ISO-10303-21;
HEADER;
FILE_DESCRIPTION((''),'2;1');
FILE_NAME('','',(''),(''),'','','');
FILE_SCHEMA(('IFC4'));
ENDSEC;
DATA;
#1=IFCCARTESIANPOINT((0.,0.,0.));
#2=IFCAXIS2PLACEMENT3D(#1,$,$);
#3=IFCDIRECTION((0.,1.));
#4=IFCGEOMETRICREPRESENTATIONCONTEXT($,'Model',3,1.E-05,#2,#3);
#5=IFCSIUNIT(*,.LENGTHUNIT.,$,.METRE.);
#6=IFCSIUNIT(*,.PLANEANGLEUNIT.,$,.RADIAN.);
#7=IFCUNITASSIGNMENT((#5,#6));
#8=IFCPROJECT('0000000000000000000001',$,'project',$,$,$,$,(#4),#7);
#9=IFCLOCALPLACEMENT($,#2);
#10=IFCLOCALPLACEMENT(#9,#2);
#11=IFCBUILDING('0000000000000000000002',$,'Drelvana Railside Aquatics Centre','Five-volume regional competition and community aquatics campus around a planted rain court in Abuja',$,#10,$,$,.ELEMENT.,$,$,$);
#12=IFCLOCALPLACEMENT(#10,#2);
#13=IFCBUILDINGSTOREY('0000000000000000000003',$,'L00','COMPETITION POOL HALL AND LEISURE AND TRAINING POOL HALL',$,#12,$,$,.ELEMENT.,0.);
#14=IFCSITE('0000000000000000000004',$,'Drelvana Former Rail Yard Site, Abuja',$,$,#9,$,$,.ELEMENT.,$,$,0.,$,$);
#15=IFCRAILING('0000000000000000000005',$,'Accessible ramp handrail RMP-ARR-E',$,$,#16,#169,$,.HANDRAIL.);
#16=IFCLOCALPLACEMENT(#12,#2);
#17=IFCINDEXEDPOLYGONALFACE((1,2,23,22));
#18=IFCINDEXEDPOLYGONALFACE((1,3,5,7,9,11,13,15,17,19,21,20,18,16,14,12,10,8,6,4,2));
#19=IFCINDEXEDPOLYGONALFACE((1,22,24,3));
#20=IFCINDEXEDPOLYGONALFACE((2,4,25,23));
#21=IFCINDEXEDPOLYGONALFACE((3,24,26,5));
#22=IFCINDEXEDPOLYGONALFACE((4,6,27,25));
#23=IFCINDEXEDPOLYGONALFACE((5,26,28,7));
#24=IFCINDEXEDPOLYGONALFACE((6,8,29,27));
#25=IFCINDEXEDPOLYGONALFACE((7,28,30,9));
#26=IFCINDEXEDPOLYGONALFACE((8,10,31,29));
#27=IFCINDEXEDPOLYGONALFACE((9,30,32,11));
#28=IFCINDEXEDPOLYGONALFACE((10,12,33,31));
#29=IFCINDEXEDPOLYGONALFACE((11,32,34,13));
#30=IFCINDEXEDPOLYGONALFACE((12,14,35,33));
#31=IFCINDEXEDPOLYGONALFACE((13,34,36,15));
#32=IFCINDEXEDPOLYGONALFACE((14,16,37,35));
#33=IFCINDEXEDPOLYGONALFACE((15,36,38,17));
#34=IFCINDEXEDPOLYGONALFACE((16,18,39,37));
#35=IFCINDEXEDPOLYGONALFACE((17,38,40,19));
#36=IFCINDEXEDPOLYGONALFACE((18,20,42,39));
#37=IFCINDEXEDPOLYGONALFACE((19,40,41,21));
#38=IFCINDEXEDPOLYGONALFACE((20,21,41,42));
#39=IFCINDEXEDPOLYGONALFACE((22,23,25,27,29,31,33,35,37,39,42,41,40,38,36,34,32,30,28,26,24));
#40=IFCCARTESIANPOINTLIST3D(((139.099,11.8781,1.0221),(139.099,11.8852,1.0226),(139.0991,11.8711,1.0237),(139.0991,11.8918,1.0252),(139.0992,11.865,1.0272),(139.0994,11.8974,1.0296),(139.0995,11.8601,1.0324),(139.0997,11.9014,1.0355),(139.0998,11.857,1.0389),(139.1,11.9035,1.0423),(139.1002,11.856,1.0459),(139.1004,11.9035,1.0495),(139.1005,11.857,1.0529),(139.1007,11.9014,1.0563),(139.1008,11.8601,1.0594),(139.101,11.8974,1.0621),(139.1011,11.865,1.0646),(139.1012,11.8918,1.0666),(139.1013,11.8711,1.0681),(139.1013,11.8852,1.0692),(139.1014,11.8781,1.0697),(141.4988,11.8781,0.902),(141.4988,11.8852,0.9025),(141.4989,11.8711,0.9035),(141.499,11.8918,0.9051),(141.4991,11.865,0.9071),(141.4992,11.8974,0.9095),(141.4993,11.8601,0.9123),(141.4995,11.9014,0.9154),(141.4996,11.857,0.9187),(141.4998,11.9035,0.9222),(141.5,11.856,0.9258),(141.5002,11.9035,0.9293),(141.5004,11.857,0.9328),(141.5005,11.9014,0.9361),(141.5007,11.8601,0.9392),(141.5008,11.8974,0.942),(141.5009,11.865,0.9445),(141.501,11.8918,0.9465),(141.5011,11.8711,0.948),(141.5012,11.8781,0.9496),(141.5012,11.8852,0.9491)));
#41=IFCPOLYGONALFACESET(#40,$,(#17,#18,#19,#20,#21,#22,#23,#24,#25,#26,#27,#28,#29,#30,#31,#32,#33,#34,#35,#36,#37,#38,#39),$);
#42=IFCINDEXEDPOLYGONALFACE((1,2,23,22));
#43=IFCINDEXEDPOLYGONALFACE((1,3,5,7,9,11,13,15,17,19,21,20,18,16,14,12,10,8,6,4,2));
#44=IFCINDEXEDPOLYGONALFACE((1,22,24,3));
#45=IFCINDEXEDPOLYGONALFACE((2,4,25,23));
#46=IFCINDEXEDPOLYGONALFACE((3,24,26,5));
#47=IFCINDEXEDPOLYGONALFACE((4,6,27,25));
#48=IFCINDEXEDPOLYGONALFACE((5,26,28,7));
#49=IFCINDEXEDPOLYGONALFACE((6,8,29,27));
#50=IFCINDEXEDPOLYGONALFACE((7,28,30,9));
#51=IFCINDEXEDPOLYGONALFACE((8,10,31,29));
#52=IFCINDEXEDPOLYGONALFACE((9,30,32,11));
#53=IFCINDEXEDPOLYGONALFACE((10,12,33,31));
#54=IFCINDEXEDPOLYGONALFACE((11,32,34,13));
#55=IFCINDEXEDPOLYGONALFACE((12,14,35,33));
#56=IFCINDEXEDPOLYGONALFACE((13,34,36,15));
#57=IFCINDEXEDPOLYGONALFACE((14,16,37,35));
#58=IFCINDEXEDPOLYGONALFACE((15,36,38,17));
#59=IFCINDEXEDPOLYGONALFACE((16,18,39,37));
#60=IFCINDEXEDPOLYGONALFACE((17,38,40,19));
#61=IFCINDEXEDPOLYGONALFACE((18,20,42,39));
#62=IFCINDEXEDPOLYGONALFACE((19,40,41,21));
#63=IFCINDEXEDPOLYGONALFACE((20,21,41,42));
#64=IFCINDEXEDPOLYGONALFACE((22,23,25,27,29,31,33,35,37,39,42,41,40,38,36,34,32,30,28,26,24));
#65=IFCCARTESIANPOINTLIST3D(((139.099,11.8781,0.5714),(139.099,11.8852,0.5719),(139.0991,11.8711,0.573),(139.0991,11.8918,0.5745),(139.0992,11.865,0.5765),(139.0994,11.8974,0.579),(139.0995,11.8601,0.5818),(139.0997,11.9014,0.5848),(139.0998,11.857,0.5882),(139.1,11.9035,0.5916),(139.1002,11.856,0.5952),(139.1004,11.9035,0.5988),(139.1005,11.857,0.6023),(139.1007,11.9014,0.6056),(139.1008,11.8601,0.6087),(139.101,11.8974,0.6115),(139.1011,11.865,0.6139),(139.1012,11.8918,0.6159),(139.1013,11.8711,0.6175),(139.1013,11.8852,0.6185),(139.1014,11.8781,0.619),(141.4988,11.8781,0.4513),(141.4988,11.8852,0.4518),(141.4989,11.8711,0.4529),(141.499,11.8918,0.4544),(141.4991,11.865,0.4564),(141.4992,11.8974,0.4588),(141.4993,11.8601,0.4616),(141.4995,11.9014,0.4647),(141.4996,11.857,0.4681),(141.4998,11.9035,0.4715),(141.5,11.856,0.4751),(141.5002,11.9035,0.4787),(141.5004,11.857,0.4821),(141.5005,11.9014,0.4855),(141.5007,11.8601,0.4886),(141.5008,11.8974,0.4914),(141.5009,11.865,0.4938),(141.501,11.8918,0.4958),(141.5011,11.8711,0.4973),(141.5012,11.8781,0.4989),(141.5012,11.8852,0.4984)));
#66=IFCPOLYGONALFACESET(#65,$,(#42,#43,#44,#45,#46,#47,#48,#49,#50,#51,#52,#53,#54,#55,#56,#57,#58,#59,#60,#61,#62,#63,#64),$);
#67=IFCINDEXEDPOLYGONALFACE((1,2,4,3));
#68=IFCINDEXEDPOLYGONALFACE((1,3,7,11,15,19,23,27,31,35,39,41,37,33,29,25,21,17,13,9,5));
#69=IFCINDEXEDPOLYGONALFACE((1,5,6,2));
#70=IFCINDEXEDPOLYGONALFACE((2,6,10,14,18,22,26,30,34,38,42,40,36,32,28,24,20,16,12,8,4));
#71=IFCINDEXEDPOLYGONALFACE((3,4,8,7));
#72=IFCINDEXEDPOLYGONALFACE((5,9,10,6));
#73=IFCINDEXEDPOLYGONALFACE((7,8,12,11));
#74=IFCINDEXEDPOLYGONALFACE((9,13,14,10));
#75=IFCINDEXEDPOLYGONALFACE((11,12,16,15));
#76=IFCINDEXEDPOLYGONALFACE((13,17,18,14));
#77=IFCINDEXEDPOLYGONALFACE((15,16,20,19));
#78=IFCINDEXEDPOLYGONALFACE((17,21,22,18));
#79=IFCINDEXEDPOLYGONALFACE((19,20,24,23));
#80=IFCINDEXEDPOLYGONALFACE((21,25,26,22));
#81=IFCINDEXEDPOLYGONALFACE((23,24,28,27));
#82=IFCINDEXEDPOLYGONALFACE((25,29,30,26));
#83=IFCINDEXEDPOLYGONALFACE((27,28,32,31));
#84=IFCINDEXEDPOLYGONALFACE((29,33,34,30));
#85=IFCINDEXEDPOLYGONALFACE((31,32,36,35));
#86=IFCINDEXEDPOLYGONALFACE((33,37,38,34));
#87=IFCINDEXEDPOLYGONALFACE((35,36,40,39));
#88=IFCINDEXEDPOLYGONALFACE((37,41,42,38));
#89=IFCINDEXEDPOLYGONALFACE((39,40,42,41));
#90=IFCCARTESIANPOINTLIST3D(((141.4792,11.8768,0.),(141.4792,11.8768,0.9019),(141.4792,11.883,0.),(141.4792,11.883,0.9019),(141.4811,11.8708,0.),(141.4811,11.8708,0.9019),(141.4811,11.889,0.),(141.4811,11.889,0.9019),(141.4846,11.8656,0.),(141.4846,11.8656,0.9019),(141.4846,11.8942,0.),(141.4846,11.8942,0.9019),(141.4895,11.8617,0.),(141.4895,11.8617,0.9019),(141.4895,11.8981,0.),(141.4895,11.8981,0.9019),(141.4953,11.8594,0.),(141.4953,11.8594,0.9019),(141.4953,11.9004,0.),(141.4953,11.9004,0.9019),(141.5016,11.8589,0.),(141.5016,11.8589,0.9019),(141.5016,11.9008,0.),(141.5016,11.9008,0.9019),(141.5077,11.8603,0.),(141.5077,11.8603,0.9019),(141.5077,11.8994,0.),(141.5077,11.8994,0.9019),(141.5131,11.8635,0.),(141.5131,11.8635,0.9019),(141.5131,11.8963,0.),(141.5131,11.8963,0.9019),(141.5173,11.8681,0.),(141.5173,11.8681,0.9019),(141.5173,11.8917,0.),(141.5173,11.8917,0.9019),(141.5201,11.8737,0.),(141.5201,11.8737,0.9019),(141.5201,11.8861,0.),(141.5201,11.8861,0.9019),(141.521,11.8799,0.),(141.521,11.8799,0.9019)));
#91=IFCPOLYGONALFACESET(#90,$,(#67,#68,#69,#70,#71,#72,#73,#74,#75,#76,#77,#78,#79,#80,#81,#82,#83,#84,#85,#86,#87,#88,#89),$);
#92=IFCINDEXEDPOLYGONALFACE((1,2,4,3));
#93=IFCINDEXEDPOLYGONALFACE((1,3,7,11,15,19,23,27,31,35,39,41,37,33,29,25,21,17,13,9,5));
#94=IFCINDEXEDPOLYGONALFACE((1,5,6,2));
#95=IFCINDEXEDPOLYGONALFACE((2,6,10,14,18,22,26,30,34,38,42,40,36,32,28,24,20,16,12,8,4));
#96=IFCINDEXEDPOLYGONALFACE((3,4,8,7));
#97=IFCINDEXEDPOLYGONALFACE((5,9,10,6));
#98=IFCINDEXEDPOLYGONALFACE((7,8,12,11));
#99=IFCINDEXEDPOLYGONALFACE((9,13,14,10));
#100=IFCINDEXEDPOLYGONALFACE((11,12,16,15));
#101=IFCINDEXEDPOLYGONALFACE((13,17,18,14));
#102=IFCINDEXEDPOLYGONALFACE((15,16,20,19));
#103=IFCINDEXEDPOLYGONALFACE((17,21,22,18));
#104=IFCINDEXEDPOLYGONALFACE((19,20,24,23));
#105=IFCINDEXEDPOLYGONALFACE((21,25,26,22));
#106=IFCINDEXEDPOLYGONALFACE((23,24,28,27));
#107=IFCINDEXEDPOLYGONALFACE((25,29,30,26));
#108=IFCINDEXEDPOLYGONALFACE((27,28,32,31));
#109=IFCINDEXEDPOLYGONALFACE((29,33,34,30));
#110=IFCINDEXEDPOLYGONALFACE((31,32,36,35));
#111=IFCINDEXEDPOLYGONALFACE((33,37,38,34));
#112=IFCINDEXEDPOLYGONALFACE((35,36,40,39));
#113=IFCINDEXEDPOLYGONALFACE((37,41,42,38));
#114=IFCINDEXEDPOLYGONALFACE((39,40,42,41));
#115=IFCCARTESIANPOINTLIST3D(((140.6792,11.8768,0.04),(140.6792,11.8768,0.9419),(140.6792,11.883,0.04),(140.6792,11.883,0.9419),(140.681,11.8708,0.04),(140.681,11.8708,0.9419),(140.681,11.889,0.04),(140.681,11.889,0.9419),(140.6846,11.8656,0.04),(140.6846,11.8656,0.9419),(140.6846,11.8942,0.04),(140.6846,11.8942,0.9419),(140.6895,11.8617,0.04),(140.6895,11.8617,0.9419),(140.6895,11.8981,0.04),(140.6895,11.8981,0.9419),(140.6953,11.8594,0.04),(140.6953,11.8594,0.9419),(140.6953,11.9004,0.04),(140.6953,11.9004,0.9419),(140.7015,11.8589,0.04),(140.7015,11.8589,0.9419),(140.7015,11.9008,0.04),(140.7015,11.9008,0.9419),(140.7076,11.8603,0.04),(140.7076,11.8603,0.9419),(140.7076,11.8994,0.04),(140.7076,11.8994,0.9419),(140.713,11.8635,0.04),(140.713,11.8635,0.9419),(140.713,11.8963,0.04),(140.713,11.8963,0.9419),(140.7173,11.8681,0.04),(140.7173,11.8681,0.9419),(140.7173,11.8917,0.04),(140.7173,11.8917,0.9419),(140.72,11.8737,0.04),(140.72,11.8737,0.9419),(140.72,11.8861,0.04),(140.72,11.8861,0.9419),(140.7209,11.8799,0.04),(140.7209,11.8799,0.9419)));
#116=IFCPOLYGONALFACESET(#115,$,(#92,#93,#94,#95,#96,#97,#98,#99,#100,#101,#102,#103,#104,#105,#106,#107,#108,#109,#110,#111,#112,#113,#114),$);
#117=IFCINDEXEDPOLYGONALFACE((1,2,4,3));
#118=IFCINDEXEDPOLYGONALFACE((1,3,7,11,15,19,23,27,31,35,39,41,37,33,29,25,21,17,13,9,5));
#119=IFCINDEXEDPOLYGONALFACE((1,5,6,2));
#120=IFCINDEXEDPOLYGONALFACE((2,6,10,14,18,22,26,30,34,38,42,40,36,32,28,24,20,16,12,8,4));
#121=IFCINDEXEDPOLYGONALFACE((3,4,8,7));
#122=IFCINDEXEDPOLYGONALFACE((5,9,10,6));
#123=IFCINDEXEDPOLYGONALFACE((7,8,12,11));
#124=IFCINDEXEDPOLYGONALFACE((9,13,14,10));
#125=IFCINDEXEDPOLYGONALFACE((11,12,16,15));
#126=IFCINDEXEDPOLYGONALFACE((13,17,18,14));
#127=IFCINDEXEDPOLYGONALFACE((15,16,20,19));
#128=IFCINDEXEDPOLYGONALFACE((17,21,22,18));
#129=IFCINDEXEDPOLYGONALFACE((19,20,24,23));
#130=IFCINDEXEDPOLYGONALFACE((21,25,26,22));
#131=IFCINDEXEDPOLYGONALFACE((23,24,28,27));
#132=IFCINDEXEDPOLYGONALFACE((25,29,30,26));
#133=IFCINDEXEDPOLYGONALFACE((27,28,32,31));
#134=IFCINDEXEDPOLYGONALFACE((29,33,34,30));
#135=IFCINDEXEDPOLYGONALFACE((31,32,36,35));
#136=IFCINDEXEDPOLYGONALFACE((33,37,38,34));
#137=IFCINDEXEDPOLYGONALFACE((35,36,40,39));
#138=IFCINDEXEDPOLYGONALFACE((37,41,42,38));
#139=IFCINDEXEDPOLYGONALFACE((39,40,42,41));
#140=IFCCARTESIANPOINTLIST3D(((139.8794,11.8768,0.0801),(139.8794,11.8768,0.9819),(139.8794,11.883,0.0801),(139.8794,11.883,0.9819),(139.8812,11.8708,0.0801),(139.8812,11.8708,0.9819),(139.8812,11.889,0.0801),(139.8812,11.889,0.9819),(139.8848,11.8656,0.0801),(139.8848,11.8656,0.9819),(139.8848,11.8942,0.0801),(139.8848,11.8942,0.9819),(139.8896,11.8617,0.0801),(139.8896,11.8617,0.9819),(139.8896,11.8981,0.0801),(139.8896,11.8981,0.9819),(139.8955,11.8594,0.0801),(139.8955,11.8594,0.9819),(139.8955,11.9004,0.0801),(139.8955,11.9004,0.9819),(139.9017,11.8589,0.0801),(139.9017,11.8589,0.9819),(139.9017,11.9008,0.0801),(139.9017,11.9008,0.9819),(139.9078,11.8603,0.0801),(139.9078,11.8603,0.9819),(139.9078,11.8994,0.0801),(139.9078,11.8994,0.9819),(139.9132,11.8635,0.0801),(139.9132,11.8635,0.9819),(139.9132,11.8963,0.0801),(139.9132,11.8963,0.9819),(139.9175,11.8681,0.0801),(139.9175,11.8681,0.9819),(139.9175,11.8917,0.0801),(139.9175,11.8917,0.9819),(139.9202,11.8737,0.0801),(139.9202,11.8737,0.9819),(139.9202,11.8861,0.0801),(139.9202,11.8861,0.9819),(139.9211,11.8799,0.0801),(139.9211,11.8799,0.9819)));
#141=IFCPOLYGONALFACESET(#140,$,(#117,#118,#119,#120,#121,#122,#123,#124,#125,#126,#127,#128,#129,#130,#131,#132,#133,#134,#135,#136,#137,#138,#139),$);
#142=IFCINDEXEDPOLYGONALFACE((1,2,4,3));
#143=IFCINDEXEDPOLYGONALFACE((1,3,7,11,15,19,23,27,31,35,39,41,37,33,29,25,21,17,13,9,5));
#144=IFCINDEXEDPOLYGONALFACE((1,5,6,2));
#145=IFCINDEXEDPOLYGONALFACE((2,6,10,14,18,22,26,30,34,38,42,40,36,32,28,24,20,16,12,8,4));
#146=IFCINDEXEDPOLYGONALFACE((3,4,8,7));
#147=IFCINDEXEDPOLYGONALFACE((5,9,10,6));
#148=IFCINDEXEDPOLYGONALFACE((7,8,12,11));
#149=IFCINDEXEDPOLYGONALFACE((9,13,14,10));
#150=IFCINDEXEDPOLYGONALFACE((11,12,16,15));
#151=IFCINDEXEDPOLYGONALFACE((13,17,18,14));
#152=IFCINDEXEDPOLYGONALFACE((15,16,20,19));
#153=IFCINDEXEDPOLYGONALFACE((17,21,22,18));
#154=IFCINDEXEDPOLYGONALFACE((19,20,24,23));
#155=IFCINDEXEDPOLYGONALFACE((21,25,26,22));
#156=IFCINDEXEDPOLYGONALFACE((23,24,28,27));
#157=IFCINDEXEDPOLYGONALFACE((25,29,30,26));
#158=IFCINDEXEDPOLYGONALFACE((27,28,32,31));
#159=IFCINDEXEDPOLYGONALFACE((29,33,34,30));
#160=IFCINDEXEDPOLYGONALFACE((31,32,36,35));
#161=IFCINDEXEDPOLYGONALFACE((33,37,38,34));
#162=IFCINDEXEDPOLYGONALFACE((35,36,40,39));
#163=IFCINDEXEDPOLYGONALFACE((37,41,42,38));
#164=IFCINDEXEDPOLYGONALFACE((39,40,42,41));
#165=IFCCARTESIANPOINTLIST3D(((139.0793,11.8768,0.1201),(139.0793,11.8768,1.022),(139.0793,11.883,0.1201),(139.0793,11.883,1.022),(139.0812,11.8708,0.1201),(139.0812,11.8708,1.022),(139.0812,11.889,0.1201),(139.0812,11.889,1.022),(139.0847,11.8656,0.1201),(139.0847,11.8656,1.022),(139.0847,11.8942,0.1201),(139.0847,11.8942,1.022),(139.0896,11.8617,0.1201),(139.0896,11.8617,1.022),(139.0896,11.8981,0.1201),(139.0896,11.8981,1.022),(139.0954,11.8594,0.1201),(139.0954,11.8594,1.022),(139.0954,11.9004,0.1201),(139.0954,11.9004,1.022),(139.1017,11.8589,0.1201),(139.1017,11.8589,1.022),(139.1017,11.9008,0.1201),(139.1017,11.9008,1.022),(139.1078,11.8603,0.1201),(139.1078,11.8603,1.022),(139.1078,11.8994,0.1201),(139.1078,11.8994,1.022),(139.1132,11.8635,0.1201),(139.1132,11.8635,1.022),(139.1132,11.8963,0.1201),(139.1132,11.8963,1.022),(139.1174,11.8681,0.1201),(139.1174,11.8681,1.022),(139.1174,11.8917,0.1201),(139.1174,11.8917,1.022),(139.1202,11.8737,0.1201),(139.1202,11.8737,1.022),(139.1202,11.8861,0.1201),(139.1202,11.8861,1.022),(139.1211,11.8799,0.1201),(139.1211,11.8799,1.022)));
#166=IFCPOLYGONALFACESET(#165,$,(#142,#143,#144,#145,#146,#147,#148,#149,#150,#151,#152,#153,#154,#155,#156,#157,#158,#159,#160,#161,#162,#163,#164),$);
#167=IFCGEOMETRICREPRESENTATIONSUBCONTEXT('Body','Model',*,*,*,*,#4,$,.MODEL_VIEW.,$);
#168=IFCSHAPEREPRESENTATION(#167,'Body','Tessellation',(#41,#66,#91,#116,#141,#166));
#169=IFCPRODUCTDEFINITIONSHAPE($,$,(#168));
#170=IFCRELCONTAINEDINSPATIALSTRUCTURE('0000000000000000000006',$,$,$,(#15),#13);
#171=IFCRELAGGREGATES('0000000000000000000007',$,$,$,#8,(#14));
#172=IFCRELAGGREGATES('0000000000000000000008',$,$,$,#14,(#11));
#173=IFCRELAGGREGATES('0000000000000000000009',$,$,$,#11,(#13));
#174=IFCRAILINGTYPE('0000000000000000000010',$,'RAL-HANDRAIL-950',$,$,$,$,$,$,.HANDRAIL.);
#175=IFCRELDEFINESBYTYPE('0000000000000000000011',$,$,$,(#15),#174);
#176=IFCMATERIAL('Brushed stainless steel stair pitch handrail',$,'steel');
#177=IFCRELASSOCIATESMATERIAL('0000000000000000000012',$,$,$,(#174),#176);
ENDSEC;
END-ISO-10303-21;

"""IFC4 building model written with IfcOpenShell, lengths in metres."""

from ifc_helpers import new_model, si_unit, direction, frame, origin, origin_2d, place, context, subcontext, project, spatial, circle, extrude, material, type_object, element, save


model = new_model("IFC4")

# Units and contexts
model_context = context("Model", 3, precision=1e-05, world=origin(), true_north=direction((0.0, 1.0)))
body_context = subcontext(model_context, "Body", "Model", "MODEL_VIEW")
ifc_project = project(units=[si_unit("LENGTHUNIT", "METRE"), si_unit("PLANEANGLEUNIT", "RADIAN")], contexts=[model_context])

# Site, building, storey
site_placement = place(None, origin())
site = spatial("IfcSite", under=ifc_project, at=site_placement, Name="Drelvana Former Rail Yard Site, Abuja", CompositionType="ELEMENT", RefElevation=0.0)
building_placement = place(site_placement, origin())
building = spatial("IfcBuilding", under=site, at=building_placement, Name="Drelvana Railside Aquatics Centre", Description="Five-volume regional competition and community aquatics campus around a planted rain court in Abuja", CompositionType="ELEMENT")
storey_placement = place(building_placement, origin())
storey = spatial("IfcBuildingStorey", under=building, at=storey_placement, Name="L00", Description="COMPETITION POOL HALL AND LEISURE AND TRAINING POOL HALL", CompositionType="ELEMENT", Elevation=0.0)

# Railing
ifc_material_1 = material(Name="Brushed stainless steel stair pitch handrail", Category="steel")
railing_type = type_object("IfcRailingType", Name="RAL-HANDRAIL-950", PredefinedType="HANDRAIL", material=ifc_material_1)
for number, where, name in (
    (1, (141.5, 11.8799, 0.0), "Accessible ramp handrail RMP-ARR-E"),
):
    element("IfcRailing", number, at=place(storey_placement, frame(where)), inside=storey, type_object=railing_type, Name=name, PredefinedType="HANDRAIL", context=body_context, shape_type="SweptSolid", body=[
        extrude(circle(Radius=0.0239, at=origin_2d()), frame((0.0, 0.0, 0.9258), z_axis=(-0.99875, 0.0, 0.049988), x_axis=(0.0, -1.0, 0.0)), (0.0, 0.0, 1.0), 2.4028),
        extrude(circle(Radius=0.0239, at=origin_2d()), frame((0.0, 0.0, 0.4751), z_axis=(-0.99875, 0.0, 0.049988), x_axis=(0.0, -1.0, 0.0)), (0.0, 0.0, 1.0), 2.4028),
        extrude(circle(Radius=0.021, at=origin_2d()), origin(), (0.0, 0.0, 1.0), 0.9019),
        extrude(circle(Radius=0.021, at=origin_2d()), frame((-0.8, 0.0, 0.04)), (0.0, 0.0, 1.0), 0.9019),
        extrude(circle(Radius=0.021, at=origin_2d()), frame((-1.5999, 0.0, 0.0801)), (0.0, 0.0, 1.0), 0.9019),
        extrude(circle(Radius=0.021, at=origin_2d()), frame((-2.3999, 0.0, 0.1201)), (0.0, 0.0, 1.0), 0.9019),
    ])

save(model, "model.ifc")
